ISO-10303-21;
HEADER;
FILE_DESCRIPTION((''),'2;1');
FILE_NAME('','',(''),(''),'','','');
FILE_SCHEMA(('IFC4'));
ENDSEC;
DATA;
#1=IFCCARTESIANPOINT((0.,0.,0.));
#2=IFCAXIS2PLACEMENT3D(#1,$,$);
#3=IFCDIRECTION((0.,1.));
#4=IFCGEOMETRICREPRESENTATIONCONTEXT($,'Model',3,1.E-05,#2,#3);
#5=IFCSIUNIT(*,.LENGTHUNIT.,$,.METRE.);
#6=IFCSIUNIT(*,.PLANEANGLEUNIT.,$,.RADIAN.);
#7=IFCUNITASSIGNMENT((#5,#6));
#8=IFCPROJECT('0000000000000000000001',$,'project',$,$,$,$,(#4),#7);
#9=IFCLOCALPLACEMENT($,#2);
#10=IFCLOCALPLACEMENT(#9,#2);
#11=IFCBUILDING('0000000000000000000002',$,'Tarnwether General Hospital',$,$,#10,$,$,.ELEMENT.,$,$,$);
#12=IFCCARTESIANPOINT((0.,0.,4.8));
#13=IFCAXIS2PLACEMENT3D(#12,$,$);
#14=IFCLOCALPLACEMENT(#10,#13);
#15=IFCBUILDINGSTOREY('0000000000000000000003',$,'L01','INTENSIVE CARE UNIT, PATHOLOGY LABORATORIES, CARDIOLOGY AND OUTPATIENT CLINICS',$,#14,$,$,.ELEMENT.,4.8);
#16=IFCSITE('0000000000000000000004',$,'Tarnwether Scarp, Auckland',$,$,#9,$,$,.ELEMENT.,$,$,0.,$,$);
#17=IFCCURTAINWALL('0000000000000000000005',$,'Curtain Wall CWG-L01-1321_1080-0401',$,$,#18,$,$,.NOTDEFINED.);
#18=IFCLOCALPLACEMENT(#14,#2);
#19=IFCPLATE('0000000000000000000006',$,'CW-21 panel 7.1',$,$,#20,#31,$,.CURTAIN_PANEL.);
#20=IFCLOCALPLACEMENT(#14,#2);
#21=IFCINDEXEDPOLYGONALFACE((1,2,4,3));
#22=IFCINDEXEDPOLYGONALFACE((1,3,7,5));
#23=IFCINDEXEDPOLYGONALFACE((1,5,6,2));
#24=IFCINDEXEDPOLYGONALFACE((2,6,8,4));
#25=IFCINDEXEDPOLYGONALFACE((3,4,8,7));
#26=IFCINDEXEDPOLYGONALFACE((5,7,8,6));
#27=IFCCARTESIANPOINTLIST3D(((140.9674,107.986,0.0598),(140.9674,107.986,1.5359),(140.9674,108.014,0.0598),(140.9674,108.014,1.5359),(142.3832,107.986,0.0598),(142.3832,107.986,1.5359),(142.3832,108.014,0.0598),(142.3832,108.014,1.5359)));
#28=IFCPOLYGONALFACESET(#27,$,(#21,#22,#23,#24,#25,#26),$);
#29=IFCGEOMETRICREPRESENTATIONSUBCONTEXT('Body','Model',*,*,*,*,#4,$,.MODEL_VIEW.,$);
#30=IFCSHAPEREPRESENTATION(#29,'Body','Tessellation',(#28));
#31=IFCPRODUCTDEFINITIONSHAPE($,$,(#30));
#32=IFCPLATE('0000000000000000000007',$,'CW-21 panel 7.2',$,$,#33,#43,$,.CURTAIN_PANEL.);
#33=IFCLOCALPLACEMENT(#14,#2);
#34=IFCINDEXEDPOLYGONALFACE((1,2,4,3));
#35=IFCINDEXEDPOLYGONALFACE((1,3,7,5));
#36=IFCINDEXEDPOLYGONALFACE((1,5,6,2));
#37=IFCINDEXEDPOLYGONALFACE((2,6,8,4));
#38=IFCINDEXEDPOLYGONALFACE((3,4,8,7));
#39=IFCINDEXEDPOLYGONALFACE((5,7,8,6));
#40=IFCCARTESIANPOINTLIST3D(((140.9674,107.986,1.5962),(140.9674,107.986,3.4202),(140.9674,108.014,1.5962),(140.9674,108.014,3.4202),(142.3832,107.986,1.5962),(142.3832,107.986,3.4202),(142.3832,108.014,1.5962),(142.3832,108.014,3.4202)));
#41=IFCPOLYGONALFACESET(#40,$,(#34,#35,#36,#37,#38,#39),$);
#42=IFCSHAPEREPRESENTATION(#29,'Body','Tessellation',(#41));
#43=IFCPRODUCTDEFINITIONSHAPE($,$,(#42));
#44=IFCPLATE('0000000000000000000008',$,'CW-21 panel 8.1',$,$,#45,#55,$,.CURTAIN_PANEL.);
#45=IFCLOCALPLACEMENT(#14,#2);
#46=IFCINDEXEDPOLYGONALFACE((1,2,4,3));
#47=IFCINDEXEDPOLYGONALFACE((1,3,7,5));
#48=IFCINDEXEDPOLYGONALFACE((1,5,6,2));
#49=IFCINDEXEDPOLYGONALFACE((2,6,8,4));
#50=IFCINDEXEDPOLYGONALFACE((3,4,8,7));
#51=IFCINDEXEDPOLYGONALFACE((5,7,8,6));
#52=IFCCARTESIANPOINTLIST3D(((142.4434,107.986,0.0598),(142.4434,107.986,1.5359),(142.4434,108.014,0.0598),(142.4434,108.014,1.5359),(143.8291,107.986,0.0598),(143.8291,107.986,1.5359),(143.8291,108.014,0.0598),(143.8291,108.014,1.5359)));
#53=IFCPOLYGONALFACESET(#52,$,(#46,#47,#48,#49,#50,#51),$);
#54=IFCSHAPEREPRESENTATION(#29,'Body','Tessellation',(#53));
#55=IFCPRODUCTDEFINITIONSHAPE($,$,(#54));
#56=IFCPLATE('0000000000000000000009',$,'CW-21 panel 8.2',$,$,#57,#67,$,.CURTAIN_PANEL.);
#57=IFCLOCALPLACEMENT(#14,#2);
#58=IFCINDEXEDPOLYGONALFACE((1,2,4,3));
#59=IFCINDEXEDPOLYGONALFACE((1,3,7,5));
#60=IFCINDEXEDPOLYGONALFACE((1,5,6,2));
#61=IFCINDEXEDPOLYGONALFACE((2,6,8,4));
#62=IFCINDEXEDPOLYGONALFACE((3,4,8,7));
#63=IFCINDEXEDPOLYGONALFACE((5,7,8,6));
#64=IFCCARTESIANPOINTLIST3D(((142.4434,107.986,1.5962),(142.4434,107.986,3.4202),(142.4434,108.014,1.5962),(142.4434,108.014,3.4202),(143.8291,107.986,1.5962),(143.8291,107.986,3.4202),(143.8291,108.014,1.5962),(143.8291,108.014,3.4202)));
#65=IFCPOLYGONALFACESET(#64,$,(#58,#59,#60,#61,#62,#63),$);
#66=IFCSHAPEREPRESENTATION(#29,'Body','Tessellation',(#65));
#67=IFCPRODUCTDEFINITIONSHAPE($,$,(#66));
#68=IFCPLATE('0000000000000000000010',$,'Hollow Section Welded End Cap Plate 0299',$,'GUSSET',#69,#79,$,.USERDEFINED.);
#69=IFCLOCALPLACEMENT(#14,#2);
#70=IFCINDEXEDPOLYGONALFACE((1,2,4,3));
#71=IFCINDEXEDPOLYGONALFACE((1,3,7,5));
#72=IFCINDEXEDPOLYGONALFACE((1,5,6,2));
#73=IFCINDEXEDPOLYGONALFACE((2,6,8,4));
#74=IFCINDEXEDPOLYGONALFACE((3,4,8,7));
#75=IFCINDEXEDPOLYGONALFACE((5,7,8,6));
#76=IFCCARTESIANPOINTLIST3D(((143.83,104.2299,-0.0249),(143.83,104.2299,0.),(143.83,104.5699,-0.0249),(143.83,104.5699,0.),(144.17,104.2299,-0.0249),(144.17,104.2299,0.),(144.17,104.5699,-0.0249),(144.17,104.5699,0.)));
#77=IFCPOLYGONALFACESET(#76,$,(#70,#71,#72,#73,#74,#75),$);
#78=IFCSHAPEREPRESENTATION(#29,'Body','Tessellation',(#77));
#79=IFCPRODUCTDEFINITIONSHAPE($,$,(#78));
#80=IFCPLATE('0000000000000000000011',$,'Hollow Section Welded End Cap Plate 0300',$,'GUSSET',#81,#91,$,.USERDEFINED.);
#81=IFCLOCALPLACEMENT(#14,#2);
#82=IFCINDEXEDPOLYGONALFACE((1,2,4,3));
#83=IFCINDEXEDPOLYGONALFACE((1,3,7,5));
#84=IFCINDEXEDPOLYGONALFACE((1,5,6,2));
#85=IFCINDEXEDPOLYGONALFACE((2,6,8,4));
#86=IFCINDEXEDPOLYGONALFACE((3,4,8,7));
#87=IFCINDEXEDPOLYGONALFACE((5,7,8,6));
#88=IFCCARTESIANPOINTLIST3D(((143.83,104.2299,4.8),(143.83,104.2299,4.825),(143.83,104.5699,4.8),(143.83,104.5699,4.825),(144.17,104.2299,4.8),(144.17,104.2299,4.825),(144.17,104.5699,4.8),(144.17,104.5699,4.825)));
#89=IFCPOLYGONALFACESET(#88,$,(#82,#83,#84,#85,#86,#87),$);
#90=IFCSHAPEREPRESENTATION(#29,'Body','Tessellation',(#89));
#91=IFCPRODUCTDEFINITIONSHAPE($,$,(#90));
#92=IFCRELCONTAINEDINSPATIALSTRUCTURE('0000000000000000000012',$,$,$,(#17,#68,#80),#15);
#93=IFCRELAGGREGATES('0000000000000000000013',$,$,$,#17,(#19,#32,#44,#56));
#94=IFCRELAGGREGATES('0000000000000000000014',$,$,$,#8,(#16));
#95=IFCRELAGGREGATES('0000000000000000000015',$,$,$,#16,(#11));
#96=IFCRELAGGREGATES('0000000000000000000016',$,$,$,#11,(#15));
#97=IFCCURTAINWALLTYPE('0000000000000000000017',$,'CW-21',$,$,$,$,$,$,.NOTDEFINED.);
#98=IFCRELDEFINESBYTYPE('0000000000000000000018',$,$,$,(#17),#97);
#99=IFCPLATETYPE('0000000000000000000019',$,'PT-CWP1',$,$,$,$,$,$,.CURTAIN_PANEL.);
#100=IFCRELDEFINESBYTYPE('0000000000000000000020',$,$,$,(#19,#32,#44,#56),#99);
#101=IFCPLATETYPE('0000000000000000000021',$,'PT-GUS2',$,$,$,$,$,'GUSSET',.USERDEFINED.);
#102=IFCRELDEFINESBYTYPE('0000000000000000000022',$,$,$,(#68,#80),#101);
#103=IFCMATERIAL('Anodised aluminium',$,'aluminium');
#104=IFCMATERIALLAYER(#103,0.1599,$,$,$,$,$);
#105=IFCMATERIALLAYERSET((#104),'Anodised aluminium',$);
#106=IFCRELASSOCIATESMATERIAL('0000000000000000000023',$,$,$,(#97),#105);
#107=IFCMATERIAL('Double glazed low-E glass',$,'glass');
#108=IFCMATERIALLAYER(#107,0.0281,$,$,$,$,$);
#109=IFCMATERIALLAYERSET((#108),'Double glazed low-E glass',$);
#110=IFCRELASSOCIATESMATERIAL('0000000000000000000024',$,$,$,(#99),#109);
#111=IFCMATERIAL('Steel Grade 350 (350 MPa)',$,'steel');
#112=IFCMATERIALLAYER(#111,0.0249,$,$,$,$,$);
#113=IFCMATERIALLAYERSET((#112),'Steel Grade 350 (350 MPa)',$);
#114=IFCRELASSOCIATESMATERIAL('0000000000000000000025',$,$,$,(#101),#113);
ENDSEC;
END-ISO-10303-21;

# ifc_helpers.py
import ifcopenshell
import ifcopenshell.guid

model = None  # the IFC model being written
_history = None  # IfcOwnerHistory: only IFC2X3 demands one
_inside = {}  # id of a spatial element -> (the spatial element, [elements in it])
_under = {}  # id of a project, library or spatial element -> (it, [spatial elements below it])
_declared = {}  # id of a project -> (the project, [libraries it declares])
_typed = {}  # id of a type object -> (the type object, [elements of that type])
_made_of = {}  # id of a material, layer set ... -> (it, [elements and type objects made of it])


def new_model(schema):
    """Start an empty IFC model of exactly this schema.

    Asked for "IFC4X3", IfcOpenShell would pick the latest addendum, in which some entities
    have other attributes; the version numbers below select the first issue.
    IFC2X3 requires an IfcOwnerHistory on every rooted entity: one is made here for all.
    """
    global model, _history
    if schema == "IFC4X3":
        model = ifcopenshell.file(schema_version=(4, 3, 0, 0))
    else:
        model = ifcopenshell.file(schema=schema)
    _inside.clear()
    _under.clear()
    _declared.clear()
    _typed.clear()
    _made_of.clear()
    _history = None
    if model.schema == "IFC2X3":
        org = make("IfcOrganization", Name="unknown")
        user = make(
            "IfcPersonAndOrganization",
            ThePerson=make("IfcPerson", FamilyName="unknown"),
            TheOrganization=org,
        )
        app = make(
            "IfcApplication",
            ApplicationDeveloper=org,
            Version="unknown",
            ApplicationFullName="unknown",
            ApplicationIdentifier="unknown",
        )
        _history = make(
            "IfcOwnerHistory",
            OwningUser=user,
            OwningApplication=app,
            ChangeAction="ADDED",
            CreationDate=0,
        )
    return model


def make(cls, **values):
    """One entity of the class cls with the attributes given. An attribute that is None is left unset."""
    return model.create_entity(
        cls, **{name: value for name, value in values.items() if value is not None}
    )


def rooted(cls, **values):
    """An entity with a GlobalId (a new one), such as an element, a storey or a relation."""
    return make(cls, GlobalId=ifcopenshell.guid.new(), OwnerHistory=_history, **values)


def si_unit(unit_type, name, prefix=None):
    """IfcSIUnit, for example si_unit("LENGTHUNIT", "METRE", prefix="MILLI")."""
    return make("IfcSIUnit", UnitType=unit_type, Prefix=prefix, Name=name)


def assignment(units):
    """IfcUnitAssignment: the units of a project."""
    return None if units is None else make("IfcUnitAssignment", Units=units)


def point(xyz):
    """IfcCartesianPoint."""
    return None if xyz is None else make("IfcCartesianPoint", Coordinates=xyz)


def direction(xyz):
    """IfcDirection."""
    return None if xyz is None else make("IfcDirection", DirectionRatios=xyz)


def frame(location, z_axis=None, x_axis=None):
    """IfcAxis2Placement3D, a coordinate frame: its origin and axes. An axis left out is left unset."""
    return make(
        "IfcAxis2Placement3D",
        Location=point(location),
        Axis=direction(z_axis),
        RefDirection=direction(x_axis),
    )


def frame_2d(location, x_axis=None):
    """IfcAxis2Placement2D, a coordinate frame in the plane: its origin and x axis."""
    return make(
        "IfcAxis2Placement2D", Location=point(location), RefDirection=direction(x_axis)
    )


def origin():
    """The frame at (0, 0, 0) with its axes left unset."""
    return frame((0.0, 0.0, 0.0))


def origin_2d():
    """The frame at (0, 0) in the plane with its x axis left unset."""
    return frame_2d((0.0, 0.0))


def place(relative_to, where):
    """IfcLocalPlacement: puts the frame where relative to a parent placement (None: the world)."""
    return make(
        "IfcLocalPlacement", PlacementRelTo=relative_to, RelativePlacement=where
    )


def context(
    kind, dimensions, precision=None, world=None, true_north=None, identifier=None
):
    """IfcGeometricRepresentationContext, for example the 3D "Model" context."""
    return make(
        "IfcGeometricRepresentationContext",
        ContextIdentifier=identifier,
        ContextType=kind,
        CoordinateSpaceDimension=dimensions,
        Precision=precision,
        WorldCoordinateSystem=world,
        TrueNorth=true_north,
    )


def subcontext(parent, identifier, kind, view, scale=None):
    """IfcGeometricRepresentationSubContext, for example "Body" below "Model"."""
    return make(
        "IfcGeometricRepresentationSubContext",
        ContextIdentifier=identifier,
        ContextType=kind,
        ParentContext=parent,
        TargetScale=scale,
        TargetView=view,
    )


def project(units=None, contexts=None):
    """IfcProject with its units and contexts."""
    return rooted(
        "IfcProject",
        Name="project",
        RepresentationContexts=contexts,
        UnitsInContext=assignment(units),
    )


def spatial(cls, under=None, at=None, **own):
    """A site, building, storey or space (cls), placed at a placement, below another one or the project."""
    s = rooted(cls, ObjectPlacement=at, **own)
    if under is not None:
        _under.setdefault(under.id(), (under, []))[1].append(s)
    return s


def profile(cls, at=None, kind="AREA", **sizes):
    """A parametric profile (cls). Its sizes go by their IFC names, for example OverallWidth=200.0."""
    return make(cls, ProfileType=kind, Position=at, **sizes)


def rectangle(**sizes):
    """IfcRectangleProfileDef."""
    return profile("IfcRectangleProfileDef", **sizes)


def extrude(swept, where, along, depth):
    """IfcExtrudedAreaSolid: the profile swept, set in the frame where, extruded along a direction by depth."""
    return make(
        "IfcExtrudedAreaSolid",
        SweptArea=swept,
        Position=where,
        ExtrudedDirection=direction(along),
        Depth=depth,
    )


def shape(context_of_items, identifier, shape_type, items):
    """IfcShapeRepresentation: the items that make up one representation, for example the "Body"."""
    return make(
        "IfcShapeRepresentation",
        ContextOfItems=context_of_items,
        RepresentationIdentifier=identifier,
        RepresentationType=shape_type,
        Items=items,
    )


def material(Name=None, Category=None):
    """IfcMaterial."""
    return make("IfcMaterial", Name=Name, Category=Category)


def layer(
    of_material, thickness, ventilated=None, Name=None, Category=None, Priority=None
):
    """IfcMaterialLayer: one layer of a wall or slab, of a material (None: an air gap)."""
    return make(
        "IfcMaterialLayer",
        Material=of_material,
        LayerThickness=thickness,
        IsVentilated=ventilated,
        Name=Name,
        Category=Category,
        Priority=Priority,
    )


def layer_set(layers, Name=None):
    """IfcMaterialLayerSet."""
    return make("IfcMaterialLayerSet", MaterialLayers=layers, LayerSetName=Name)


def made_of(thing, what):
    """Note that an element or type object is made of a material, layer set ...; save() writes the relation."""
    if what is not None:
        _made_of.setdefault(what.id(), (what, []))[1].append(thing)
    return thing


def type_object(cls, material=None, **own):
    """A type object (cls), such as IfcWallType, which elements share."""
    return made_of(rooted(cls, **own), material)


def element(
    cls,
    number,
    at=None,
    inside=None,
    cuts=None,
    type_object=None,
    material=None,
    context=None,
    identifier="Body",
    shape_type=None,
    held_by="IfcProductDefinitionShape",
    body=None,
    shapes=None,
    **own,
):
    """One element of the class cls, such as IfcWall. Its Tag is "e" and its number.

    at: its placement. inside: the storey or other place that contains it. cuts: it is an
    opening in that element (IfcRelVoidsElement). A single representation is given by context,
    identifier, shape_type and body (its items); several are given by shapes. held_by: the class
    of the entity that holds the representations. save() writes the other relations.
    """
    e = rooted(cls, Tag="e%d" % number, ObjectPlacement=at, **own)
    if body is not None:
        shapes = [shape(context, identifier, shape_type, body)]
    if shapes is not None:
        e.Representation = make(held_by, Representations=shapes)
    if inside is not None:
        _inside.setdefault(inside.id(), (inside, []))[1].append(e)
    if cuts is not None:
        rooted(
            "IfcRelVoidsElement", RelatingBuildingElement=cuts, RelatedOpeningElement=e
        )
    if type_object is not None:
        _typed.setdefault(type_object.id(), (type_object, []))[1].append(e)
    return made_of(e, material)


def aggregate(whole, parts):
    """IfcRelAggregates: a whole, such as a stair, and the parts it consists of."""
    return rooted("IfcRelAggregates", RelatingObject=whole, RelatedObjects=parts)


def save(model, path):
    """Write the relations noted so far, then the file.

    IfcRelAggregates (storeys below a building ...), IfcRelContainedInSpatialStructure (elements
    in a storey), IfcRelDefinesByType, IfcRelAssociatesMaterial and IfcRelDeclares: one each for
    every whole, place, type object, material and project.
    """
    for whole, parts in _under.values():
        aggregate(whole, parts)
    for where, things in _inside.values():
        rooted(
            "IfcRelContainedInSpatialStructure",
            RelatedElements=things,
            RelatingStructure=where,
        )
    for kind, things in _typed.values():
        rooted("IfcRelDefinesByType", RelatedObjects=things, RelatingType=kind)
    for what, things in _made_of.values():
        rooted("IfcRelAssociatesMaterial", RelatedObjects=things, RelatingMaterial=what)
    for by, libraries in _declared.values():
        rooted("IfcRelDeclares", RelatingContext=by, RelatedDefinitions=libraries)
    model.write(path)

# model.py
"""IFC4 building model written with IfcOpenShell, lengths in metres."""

from ifc_helpers import new_model, si_unit, direction, frame, origin, origin_2d, place, context, subcontext, project, spatial, rectangle, extrude, material, layer, layer_set, type_object, element, aggregate, save


model = new_model("IFC4")

# Units and contexts
model_context = context("Model", 3, precision=1e-05, world=origin(), true_north=direction((0.0, 1.0)))
body_context = subcontext(model_context, "Body", "Model", "MODEL_VIEW")
ifc_project = project(units=[si_unit("LENGTHUNIT", "METRE"), si_unit("PLANEANGLEUNIT", "RADIAN")], contexts=[model_context])

# Site, building, storey
site_placement = place(None, origin())
site = spatial("IfcSite", under=ifc_project, at=site_placement, Name="Tarnwether Scarp, Auckland", CompositionType="ELEMENT", RefElevation=0.0)
building_placement = place(site_placement, origin())
building = spatial("IfcBuilding", under=site, at=building_placement, Name="Tarnwether General Hospital", CompositionType="ELEMENT")
storey_placement = place(building_placement, frame((0.0, 0.0, 4.8)))
storey = spatial("IfcBuildingStorey", under=building, at=storey_placement, Name="L01", Description="INTENSIVE CARE UNIT, PATHOLOGY LABORATORIES, CARDIOLOGY AND OUTPATIENT CLINICS", CompositionType="ELEMENT", Elevation=4.8)

# Curtain wall, plates
ifc_material_1 = material(Name="Anodised aluminium", Category="aluminium")
ifc_layer_1 = layer(ifc_material_1, 0.1599)
ifc_layer_set_1 = layer_set([ifc_layer_1], Name="Anodised aluminium")
curtain_wall_type = type_object("IfcCurtainWallType", Name="CW-21", PredefinedType="NOTDEFINED", material=ifc_layer_set_1)
curtain_wall_placement = place(storey_placement, origin())
curtain_wall = element("IfcCurtainWall", 1, at=curtain_wall_placement, inside=storey, type_object=curtain_wall_type, Name="Curtain Wall CWG-L01-1321_1080-0401", PredefinedType="NOTDEFINED")
ifc_material_2 = material(Name="Double glazed low-E glass", Category="glass")
ifc_layer_2 = layer(ifc_material_2, 0.0281)
ifc_layer_set_2 = layer_set([ifc_layer_2], Name="Double glazed low-E glass")
plate_type_1 = type_object("IfcPlateType", Name="PT-CWP1", PredefinedType="CURTAIN_PANEL", material=ifc_layer_set_2)
plate_1_placement = place(storey_placement, frame((141.6753, 108.0, 0.0598), z_axis=(0.0, 0.0, 1.0), x_axis=(1.0, 0.0, 0.0)))
plate_1 = element("IfcPlate", 2, at=plate_1_placement, type_object=plate_type_1, Name="CW-21 panel 7.1", PredefinedType="CURTAIN_PANEL", context=body_context, shape_type="SweptSolid", body=[
    extrude(rectangle(XDim=1.4158, YDim=0.0281, at=origin_2d()), origin(), (0.0, 0.0, 1.0), 1.4761),
])
plate_2_placement = place(storey_placement, frame((141.6753, 108.0, 1.5962), z_axis=(0.0, 0.0, 1.0), x_axis=(1.0, 0.0, 0.0)))
plate_2 = element("IfcPlate", 3, at=plate_2_placement, type_object=plate_type_1, Name="CW-21 panel 7.2", PredefinedType="CURTAIN_PANEL", context=body_context, shape_type="SweptSolid", body=[
    extrude(rectangle(XDim=1.4158, YDim=0.0281, at=origin_2d()), origin(), (0.0, 0.0, 1.0), 1.824),
])
plate_3_placement = place(storey_placement, frame((143.1362, 108.0, 0.0598), z_axis=(0.0, 0.0, 1.0), x_axis=(1.0, 0.0, 0.0)))
plate_3 = element("IfcPlate", 4, at=plate_3_placement, type_object=plate_type_1, Name="CW-21 panel 8.1", PredefinedType="CURTAIN_PANEL", context=body_context, shape_type="SweptSolid", body=[
    extrude(rectangle(XDim=1.3857, YDim=0.0281, at=origin_2d()), origin(), (0.0, 0.0, 1.0), 1.4761),
])
plate_4_placement = place(storey_placement, frame((143.1362, 108.0, 1.5962), z_axis=(0.0, 0.0, 1.0), x_axis=(1.0, 0.0, 0.0)))
plate_4 = element("IfcPlate", 5, at=plate_4_placement, type_object=plate_type_1, Name="CW-21 panel 8.2", PredefinedType="CURTAIN_PANEL", context=body_context, shape_type="SweptSolid", body=[
    extrude(rectangle(XDim=1.3857, YDim=0.0281, at=origin_2d()), origin(), (0.0, 0.0, 1.0), 1.824),
])
aggregate(curtain_wall, [plate_1, plate_2, plate_3, plate_4])

# Plates
ifc_material_3 = material(Name="Steel Grade 350 (350 MPa)", Category="steel")
ifc_layer_3 = layer(ifc_material_3, 0.0249)
ifc_layer_set_3 = layer_set([ifc_layer_3], Name="Steel Grade 350 (350 MPa)")
plate_type_2 = type_object("IfcPlateType", Name="PT-GUS2", ElementType="GUSSET", PredefinedType="USERDEFINED", material=ifc_layer_set_3)
for number, where, z_axis, x_axis, name in (
    (6, (144.0, 104.3999, -0.0249), (0.0, 0.0, 1.0), (1.0, 0.0, 0.0), "Hollow Section Welded End Cap Plate 0299"),
    (7, (144.0, 104.3999, 4.8), (0.0, 0.0, 1.0), (1.0, 0.0, 0.0), "Hollow Section Welded End Cap Plate 0300"),
):
    element("IfcPlate", number, at=place(storey_placement, frame(where, z_axis=z_axis, x_axis=x_axis)), inside=storey, type_object=plate_type_2, Name=name, ObjectType="GUSSET", PredefinedType="USERDEFINED", context=body_context, shape_type="SweptSolid", body=[
        extrude(rectangle(XDim=0.3401, YDim=0.3401, at=origin_2d()), origin(), (0.0, 0.0, 1.0), 0.0249),
    ])

save(model, "model.ifc")
